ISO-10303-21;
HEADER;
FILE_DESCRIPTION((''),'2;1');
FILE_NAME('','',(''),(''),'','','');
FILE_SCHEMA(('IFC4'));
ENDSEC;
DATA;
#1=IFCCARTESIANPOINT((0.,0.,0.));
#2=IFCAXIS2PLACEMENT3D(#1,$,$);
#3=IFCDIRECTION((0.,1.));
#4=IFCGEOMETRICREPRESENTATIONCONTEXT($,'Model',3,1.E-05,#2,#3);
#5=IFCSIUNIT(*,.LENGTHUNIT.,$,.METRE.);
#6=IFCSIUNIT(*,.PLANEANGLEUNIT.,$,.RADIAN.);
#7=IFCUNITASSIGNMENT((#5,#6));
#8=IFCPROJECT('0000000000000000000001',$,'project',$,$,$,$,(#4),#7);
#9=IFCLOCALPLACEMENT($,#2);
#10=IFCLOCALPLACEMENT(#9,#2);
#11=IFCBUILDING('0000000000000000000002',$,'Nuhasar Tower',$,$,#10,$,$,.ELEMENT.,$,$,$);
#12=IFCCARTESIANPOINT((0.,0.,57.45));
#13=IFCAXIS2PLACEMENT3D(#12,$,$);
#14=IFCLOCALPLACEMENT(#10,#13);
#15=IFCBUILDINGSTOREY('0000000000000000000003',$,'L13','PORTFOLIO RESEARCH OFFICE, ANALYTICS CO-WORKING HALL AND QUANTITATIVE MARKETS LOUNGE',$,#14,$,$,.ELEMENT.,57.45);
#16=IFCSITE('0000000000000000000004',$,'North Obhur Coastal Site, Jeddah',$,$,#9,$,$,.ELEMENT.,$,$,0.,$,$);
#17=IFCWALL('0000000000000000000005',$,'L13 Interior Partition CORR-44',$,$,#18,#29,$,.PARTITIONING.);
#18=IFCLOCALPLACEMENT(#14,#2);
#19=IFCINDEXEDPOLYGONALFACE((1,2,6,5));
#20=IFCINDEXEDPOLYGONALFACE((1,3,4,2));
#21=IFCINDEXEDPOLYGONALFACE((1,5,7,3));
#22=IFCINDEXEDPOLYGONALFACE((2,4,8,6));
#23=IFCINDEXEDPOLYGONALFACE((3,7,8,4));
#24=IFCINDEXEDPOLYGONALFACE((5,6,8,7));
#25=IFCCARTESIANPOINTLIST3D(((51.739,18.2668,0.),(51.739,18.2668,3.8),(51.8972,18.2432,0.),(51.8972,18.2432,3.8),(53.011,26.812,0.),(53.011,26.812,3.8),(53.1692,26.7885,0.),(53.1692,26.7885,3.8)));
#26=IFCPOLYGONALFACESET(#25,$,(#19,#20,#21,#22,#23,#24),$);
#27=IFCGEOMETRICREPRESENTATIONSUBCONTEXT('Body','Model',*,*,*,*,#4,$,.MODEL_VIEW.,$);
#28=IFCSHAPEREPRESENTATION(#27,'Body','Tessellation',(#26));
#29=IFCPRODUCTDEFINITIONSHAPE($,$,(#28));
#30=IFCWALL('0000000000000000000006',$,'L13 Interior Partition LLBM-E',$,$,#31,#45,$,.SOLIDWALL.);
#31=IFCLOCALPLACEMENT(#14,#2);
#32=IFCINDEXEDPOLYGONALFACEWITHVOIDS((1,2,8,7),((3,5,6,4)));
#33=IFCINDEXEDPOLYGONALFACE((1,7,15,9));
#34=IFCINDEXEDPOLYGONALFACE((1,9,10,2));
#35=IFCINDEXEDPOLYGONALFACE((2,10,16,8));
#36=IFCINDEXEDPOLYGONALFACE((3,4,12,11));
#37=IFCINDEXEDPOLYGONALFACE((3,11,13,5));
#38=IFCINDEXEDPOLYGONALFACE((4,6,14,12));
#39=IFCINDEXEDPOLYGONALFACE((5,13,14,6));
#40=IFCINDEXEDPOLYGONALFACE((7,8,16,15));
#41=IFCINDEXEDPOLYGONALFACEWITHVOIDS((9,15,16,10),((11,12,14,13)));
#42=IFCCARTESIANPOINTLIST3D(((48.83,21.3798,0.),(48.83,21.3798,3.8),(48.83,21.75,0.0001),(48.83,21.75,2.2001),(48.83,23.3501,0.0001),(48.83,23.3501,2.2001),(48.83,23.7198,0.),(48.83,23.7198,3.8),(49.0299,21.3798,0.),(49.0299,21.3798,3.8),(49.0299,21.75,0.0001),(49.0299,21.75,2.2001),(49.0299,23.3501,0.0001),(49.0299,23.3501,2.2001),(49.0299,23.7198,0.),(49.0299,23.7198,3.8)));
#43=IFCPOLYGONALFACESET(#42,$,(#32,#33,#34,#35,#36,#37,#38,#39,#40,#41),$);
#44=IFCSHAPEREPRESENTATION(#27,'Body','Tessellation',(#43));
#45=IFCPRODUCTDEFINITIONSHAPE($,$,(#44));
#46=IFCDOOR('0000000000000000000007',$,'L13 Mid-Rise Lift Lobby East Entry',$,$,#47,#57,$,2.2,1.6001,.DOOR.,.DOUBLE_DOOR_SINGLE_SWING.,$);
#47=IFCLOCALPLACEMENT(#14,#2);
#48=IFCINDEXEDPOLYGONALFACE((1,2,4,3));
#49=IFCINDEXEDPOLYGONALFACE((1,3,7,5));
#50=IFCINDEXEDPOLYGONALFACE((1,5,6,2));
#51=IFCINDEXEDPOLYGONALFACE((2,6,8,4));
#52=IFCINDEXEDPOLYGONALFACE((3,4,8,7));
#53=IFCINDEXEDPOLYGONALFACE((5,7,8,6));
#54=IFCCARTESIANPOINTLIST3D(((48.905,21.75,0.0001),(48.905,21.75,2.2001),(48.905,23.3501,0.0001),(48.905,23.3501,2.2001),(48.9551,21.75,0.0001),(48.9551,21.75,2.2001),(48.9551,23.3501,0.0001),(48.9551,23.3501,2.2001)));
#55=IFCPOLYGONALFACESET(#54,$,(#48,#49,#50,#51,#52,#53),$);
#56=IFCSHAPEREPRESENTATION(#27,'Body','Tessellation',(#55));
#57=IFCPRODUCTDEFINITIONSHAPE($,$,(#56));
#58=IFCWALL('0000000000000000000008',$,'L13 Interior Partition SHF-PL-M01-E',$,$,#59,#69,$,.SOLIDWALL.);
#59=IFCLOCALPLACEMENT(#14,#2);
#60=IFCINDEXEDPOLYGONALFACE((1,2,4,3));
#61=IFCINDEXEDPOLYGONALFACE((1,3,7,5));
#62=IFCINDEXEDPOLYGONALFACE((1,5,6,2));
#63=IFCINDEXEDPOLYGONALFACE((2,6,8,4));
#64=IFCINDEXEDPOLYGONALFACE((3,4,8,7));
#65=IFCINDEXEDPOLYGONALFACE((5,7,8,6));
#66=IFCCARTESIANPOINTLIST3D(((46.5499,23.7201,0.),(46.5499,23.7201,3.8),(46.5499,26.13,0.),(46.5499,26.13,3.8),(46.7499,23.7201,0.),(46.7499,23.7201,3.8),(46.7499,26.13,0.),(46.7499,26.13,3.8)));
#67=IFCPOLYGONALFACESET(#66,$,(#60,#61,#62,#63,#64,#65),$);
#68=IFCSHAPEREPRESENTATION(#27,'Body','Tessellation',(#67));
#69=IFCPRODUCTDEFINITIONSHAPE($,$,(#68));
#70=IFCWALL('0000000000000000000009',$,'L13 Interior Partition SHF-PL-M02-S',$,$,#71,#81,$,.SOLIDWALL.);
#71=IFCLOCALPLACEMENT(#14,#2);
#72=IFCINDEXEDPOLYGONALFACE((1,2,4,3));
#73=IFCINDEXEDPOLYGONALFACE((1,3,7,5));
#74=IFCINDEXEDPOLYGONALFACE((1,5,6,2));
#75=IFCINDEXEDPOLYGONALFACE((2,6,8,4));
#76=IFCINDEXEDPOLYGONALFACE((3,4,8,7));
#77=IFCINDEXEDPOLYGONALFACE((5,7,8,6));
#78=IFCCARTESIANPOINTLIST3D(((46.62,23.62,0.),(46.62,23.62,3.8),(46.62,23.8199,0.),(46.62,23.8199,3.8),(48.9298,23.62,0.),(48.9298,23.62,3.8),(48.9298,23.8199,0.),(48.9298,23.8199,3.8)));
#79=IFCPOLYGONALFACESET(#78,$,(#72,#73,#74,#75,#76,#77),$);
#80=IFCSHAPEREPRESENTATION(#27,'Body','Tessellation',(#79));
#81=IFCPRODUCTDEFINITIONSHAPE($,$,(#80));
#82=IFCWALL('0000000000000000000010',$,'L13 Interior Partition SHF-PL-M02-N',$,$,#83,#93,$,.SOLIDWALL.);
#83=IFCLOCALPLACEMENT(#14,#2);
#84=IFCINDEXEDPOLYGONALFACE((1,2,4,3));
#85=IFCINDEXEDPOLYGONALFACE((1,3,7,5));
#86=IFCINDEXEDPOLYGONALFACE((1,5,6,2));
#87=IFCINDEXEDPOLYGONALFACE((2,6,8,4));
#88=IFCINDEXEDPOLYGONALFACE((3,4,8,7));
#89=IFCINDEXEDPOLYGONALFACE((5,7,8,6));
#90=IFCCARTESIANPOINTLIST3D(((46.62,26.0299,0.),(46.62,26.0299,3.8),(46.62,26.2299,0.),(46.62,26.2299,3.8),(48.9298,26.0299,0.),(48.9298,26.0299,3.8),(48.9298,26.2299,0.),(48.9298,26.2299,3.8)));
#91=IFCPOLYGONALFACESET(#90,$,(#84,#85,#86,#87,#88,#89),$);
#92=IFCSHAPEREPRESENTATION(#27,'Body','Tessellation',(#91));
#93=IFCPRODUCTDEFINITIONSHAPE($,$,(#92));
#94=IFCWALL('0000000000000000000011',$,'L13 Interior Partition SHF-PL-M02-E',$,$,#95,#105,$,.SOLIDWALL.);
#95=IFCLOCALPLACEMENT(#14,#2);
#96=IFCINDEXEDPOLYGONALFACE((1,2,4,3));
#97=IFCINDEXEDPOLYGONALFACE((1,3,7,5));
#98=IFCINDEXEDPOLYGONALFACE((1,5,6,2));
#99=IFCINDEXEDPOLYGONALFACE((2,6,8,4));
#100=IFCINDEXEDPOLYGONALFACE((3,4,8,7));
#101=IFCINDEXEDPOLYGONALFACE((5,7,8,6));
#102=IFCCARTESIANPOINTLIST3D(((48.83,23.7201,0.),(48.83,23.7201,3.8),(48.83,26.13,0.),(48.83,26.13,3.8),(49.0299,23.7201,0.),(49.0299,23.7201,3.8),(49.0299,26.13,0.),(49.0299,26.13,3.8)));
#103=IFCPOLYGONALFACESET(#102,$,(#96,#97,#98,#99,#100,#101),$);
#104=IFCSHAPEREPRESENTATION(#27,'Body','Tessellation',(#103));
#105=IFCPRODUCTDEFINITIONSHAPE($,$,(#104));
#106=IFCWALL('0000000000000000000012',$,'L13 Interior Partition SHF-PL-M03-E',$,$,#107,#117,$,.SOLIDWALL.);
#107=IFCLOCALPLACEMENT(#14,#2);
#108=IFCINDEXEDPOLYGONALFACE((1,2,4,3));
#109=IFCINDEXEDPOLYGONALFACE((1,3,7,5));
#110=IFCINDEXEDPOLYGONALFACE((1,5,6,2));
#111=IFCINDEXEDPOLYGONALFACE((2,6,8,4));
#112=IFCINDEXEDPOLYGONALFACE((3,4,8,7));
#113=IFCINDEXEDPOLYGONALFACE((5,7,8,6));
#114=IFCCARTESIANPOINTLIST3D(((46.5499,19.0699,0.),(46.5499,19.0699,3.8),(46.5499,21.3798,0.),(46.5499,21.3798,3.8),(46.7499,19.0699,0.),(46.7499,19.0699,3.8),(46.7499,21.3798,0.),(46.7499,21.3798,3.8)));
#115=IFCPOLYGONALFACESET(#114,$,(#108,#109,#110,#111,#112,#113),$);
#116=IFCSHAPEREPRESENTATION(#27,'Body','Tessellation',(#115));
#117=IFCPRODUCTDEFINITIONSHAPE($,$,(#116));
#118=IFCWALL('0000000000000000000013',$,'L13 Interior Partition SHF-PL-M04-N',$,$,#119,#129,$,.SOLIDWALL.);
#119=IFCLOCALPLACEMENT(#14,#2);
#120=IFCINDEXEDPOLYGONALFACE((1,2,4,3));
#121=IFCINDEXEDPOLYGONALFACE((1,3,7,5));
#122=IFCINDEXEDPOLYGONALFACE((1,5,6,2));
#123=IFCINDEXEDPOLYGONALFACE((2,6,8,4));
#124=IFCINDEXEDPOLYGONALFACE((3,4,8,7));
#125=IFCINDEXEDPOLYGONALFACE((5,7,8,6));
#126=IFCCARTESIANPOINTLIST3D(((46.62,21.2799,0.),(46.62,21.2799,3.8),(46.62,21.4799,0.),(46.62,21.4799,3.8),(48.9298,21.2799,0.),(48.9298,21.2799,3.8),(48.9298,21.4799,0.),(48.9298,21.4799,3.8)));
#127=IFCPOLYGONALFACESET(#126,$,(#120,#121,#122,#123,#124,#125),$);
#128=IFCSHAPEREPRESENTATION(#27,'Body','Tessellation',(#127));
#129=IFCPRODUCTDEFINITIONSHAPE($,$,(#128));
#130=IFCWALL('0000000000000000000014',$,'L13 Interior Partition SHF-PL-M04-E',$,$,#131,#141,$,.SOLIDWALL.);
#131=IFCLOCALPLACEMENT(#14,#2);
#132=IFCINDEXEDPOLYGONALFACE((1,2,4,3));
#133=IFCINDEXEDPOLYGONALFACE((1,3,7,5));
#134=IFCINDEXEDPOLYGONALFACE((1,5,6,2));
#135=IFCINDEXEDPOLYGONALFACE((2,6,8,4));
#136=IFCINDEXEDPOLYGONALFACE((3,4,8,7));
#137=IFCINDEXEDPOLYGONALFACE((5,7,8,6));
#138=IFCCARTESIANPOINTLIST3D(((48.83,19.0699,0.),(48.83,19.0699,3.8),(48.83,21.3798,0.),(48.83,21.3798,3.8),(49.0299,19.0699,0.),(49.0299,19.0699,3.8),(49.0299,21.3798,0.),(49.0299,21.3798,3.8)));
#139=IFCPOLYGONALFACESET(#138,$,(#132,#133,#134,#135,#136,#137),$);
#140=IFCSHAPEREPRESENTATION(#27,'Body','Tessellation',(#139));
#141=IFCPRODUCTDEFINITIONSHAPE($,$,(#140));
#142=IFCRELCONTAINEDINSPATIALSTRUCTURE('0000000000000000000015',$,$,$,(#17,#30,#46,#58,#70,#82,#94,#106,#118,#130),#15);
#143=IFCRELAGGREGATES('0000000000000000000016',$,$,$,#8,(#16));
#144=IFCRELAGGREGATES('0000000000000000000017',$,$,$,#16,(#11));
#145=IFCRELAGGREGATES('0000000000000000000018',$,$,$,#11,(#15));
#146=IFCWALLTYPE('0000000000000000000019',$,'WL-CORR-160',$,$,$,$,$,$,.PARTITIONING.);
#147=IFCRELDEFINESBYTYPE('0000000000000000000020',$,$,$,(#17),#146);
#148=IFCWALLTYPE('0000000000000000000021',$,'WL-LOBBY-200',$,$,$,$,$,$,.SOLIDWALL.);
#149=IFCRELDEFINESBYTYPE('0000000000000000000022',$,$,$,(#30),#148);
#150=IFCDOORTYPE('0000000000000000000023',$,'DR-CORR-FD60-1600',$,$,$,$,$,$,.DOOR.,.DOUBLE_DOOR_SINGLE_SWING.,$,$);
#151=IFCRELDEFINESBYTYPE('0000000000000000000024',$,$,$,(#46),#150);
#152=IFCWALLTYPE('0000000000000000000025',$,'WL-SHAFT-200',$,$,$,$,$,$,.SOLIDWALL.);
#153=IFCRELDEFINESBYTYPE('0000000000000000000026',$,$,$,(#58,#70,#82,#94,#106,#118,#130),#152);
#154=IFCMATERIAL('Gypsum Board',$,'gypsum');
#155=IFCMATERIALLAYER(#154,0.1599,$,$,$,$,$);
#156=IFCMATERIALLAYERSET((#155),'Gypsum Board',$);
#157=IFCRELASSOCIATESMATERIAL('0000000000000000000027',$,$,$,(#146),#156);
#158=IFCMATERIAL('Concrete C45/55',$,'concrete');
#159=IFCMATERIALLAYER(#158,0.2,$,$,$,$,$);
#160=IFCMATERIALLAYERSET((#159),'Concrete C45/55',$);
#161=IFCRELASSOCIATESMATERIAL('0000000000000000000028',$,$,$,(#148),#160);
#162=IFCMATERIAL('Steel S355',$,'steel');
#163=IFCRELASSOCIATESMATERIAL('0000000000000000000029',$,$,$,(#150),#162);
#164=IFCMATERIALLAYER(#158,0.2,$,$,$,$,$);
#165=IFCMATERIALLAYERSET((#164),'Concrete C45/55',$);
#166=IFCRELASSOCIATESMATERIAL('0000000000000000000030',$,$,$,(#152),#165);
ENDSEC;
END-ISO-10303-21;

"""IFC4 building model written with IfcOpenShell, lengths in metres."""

from ifc_helpers import new_model, si_unit, direction, frame, frame_2d, origin, place, context, subcontext, project, spatial, rectangle, extrude, material, layer, layer_set, type_object, element, fill, save


model = new_model("IFC4")

# Units and contexts
model_context = context("Model", 3, precision=1e-05, world=origin(), true_north=direction((0.0, 1.0)))
body_context = subcontext(model_context, "Body", "Model", "MODEL_VIEW")
ifc_project = project(units=[si_unit("LENGTHUNIT", "METRE"), si_unit("PLANEANGLEUNIT", "RADIAN")], contexts=[model_context])

# Site, building, storey
site_placement = place(None, origin())
site = spatial("IfcSite", under=ifc_project, at=site_placement, Name="North Obhur Coastal Site, Jeddah", CompositionType="ELEMENT", RefElevation=0.0)
building_placement = place(site_placement, origin())
building = spatial("IfcBuilding", under=site, at=building_placement, Name="Nuhasar Tower", CompositionType="ELEMENT")
storey_placement = place(building_placement, frame((0.0, 0.0, 57.45)))
storey = spatial("IfcBuildingStorey", under=building, at=storey_placement, Name="L13", Description="PORTFOLIO RESEARCH OFFICE, ANALYTICS CO-WORKING HALL AND QUANTITATIVE MARKETS LOUNGE", CompositionType="ELEMENT", Elevation=57.45)

# Shared definitions
ifc_material_1 = material(Name="Steel S355", Category="steel")

# Shared definitions
ifc_material_2 = material(Name="Gypsum Board", Category="gypsum")
ifc_layer_1 = layer(ifc_material_2, 0.1599)
ifc_layer_set_1 = layer_set([ifc_layer_1], Name="Gypsum Board")
wall_type_1 = type_object("IfcWallType", Name="WL-CORR-160", PredefinedType="PARTITIONING", material=ifc_layer_set_1)

# Wall
wall_1_placement = place(storey_placement, frame((51.8181, 18.2549, 0.0), z_axis=(0.0, 0.0, 1.0), x_axis=(0.147231, 0.989102, 0.0)))
element("IfcWall", 1, at=wall_1_placement, inside=storey, type_object=wall_type_1, Name="L13 Interior Partition CORR-44", PredefinedType="PARTITIONING", context=body_context, shape_type="SweptSolid", body=[
    extrude(rectangle(XDim=8.6394, YDim=0.1599, at=frame_2d((4.3198, 0.0))), origin(), (0.0, 0.0, 1.0), 3.8),
])

# Wall, opening, door
ifc_material_3 = material(Name="Concrete C45/55", Category="concrete")
ifc_layer_2 = layer(ifc_material_3, 0.2)
ifc_layer_set_2 = layer_set([ifc_layer_2], Name="Concrete C45/55")
wall_type_2 = type_object("IfcWallType", Name="WL-LOBBY-200", PredefinedType="SOLIDWALL", material=ifc_layer_set_2)
wall_2_placement = place(storey_placement, frame((48.9299, 21.3799, 0.0), z_axis=(0.0, 0.0, 1.0), x_axis=(0.0, 1.0, 0.0)))
wall_2 = element("IfcWall", 2, at=wall_2_placement, inside=storey, type_object=wall_type_2, Name="L13 Interior Partition LLBM-E", PredefinedType="SOLIDWALL", context=body_context, shape_type="SweptSolid", body=[
    extrude(rectangle(XDim=2.3401, YDim=0.2, at=frame_2d((1.1699, 0.0))), origin(), (0.0, 0.0, 1.0), 3.8),
])
opening_1_placement = place(wall_2_placement, frame((0.3701, 0.0, 0.0)))
opening_1 = element("IfcOpeningElement", 3, at=opening_1_placement, cuts=wall_2, PredefinedType="OPENING", context=body_context, shape_type="SweptSolid", body=[
    extrude(rectangle(XDim=1.6001, YDim=2.2, at=frame_2d((0.8, 1.1001))), frame((0.0, 0.1099, 0.0), z_axis=(0.0, -1.0, 0.0), x_axis=(1.0, 0.0, 0.0)), (0.0, 0.0, 1.0), 0.22),
])
door_type_1 = type_object("IfcDoorType", Name="DR-CORR-FD60-1600", OperationType="DOUBLE_DOOR_SINGLE_SWING", PredefinedType="DOOR", material=ifc_material_1)
door_1_placement = place(opening_1_placement, origin())
door_1 = element("IfcDoor", 4, at=door_1_placement, inside=storey, type_object=door_type_1, Name="L13 Mid-Rise Lift Lobby East Entry", OperationType="DOUBLE_DOOR_SINGLE_SWING", OverallHeight=2.2, OverallWidth=1.6001, PredefinedType="DOOR", context=body_context, shape_type="SweptSolid", body=[
    extrude(rectangle(XDim=1.6001, YDim=2.2, at=frame_2d((0.8, 1.1001))), frame((0.0, 0.0249, 0.0), z_axis=(0.0, -1.0, 0.0), x_axis=(1.0, 0.0, 0.0)), (0.0, 0.0, 1.0), 0.05),
])
fill(opening_1, door_1)

# Walls
ifc_layer_3 = layer(ifc_material_3, 0.2)
ifc_layer_set_3 = layer_set([ifc_layer_3], Name="Concrete C45/55")
wall_type_3 = type_object("IfcWallType", Name="WL-SHAFT-200", PredefinedType="SOLIDWALL", material=ifc_layer_set_3)
wall_3_placement = place(storey_placement, frame((46.6499, 23.72, 0.0), z_axis=(0.0, 0.0, 1.0), x_axis=(0.0, 1.0, 0.0)))
element("IfcWall", 5, at=wall_3_placement, inside=storey, type_object=wall_type_3, Name="L13 Interior Partition SHF-PL-M01-E", PredefinedType="SOLIDWALL", context=body_context, shape_type="SweptSolid", body=[
    extrude(rectangle(XDim=2.4099, YDim=0.2, at=frame_2d((1.2051, 0.0))), origin(), (0.0, 0.0, 1.0), 3.8),
])
for number, where, z_axis, x_axis, name in (
    (6, (46.6201, 23.72, 0.0), (0.0, 0.0, 1.0), (1.0, 0.0, 0.0), "L13 Interior Partition SHF-PL-M02-S"),
    (7, (46.6201, 26.1299, 0.0), (0.0, 0.0, 1.0), (1.0, 0.0, 0.0), "L13 Interior Partition SHF-PL-M02-N"),
):
    element("IfcWall", number, at=place(storey_placement, frame(where, z_axis=z_axis, x_axis=x_axis)), inside=storey, type_object=wall_type_3, Name=name, PredefinedType="SOLIDWALL", context=body_context, shape_type="SweptSolid", body=[
        extrude(rectangle(XDim=2.3098, YDim=0.2, at=frame_2d((1.1548, 0.0))), origin(), (0.0, 0.0, 1.0), 3.8),
    ])
wall_4_placement = place(storey_placement, frame((48.9299, 23.72, 0.0), z_axis=(0.0, 0.0, 1.0), x_axis=(0.0, 1.0, 0.0)))
element("IfcWall", 8, at=wall_4_placement, inside=storey, type_object=wall_type_3, Name="L13 Interior Partition SHF-PL-M02-E", PredefinedType="SOLIDWALL", context=body_context, shape_type="SweptSolid", body=[
    extrude(rectangle(XDim=2.4099, YDim=0.2, at=frame_2d((1.2051, 0.0))), origin(), (0.0, 0.0, 1.0), 3.8),
])
for number, where, z_axis, x_axis, name in (
    (9, (46.6499, 19.0701, 0.0), (0.0, 0.0, 1.0), (0.0, 1.0, 0.0), "L13 Interior Partition SHF-PL-M03-E"),
    (10, (46.6201, 21.3799, 0.0), (0.0, 0.0, 1.0), (1.0, 0.0, 0.0), "L13 Interior Partition SHF-PL-M04-N"),
    (11, (48.9299, 19.0701, 0.0), (0.0, 0.0, 1.0), (0.0, 1.0, 0.0), "L13 Interior Partition SHF-PL-M04-E"),
):
    element("IfcWall", number, at=place(storey_placement, frame(where, z_axis=z_axis, x_axis=x_axis)), inside=storey, type_object=wall_type_3, Name=name, PredefinedType="SOLIDWALL", context=body_context, shape_type="SweptSolid", body=[
        extrude(rectangle(XDim=2.3098, YDim=0.2, at=frame_2d((1.1548, 0.0))), origin(), (0.0, 0.0, 1.0), 3.8),
    ])

save(model, "model.ifc")
